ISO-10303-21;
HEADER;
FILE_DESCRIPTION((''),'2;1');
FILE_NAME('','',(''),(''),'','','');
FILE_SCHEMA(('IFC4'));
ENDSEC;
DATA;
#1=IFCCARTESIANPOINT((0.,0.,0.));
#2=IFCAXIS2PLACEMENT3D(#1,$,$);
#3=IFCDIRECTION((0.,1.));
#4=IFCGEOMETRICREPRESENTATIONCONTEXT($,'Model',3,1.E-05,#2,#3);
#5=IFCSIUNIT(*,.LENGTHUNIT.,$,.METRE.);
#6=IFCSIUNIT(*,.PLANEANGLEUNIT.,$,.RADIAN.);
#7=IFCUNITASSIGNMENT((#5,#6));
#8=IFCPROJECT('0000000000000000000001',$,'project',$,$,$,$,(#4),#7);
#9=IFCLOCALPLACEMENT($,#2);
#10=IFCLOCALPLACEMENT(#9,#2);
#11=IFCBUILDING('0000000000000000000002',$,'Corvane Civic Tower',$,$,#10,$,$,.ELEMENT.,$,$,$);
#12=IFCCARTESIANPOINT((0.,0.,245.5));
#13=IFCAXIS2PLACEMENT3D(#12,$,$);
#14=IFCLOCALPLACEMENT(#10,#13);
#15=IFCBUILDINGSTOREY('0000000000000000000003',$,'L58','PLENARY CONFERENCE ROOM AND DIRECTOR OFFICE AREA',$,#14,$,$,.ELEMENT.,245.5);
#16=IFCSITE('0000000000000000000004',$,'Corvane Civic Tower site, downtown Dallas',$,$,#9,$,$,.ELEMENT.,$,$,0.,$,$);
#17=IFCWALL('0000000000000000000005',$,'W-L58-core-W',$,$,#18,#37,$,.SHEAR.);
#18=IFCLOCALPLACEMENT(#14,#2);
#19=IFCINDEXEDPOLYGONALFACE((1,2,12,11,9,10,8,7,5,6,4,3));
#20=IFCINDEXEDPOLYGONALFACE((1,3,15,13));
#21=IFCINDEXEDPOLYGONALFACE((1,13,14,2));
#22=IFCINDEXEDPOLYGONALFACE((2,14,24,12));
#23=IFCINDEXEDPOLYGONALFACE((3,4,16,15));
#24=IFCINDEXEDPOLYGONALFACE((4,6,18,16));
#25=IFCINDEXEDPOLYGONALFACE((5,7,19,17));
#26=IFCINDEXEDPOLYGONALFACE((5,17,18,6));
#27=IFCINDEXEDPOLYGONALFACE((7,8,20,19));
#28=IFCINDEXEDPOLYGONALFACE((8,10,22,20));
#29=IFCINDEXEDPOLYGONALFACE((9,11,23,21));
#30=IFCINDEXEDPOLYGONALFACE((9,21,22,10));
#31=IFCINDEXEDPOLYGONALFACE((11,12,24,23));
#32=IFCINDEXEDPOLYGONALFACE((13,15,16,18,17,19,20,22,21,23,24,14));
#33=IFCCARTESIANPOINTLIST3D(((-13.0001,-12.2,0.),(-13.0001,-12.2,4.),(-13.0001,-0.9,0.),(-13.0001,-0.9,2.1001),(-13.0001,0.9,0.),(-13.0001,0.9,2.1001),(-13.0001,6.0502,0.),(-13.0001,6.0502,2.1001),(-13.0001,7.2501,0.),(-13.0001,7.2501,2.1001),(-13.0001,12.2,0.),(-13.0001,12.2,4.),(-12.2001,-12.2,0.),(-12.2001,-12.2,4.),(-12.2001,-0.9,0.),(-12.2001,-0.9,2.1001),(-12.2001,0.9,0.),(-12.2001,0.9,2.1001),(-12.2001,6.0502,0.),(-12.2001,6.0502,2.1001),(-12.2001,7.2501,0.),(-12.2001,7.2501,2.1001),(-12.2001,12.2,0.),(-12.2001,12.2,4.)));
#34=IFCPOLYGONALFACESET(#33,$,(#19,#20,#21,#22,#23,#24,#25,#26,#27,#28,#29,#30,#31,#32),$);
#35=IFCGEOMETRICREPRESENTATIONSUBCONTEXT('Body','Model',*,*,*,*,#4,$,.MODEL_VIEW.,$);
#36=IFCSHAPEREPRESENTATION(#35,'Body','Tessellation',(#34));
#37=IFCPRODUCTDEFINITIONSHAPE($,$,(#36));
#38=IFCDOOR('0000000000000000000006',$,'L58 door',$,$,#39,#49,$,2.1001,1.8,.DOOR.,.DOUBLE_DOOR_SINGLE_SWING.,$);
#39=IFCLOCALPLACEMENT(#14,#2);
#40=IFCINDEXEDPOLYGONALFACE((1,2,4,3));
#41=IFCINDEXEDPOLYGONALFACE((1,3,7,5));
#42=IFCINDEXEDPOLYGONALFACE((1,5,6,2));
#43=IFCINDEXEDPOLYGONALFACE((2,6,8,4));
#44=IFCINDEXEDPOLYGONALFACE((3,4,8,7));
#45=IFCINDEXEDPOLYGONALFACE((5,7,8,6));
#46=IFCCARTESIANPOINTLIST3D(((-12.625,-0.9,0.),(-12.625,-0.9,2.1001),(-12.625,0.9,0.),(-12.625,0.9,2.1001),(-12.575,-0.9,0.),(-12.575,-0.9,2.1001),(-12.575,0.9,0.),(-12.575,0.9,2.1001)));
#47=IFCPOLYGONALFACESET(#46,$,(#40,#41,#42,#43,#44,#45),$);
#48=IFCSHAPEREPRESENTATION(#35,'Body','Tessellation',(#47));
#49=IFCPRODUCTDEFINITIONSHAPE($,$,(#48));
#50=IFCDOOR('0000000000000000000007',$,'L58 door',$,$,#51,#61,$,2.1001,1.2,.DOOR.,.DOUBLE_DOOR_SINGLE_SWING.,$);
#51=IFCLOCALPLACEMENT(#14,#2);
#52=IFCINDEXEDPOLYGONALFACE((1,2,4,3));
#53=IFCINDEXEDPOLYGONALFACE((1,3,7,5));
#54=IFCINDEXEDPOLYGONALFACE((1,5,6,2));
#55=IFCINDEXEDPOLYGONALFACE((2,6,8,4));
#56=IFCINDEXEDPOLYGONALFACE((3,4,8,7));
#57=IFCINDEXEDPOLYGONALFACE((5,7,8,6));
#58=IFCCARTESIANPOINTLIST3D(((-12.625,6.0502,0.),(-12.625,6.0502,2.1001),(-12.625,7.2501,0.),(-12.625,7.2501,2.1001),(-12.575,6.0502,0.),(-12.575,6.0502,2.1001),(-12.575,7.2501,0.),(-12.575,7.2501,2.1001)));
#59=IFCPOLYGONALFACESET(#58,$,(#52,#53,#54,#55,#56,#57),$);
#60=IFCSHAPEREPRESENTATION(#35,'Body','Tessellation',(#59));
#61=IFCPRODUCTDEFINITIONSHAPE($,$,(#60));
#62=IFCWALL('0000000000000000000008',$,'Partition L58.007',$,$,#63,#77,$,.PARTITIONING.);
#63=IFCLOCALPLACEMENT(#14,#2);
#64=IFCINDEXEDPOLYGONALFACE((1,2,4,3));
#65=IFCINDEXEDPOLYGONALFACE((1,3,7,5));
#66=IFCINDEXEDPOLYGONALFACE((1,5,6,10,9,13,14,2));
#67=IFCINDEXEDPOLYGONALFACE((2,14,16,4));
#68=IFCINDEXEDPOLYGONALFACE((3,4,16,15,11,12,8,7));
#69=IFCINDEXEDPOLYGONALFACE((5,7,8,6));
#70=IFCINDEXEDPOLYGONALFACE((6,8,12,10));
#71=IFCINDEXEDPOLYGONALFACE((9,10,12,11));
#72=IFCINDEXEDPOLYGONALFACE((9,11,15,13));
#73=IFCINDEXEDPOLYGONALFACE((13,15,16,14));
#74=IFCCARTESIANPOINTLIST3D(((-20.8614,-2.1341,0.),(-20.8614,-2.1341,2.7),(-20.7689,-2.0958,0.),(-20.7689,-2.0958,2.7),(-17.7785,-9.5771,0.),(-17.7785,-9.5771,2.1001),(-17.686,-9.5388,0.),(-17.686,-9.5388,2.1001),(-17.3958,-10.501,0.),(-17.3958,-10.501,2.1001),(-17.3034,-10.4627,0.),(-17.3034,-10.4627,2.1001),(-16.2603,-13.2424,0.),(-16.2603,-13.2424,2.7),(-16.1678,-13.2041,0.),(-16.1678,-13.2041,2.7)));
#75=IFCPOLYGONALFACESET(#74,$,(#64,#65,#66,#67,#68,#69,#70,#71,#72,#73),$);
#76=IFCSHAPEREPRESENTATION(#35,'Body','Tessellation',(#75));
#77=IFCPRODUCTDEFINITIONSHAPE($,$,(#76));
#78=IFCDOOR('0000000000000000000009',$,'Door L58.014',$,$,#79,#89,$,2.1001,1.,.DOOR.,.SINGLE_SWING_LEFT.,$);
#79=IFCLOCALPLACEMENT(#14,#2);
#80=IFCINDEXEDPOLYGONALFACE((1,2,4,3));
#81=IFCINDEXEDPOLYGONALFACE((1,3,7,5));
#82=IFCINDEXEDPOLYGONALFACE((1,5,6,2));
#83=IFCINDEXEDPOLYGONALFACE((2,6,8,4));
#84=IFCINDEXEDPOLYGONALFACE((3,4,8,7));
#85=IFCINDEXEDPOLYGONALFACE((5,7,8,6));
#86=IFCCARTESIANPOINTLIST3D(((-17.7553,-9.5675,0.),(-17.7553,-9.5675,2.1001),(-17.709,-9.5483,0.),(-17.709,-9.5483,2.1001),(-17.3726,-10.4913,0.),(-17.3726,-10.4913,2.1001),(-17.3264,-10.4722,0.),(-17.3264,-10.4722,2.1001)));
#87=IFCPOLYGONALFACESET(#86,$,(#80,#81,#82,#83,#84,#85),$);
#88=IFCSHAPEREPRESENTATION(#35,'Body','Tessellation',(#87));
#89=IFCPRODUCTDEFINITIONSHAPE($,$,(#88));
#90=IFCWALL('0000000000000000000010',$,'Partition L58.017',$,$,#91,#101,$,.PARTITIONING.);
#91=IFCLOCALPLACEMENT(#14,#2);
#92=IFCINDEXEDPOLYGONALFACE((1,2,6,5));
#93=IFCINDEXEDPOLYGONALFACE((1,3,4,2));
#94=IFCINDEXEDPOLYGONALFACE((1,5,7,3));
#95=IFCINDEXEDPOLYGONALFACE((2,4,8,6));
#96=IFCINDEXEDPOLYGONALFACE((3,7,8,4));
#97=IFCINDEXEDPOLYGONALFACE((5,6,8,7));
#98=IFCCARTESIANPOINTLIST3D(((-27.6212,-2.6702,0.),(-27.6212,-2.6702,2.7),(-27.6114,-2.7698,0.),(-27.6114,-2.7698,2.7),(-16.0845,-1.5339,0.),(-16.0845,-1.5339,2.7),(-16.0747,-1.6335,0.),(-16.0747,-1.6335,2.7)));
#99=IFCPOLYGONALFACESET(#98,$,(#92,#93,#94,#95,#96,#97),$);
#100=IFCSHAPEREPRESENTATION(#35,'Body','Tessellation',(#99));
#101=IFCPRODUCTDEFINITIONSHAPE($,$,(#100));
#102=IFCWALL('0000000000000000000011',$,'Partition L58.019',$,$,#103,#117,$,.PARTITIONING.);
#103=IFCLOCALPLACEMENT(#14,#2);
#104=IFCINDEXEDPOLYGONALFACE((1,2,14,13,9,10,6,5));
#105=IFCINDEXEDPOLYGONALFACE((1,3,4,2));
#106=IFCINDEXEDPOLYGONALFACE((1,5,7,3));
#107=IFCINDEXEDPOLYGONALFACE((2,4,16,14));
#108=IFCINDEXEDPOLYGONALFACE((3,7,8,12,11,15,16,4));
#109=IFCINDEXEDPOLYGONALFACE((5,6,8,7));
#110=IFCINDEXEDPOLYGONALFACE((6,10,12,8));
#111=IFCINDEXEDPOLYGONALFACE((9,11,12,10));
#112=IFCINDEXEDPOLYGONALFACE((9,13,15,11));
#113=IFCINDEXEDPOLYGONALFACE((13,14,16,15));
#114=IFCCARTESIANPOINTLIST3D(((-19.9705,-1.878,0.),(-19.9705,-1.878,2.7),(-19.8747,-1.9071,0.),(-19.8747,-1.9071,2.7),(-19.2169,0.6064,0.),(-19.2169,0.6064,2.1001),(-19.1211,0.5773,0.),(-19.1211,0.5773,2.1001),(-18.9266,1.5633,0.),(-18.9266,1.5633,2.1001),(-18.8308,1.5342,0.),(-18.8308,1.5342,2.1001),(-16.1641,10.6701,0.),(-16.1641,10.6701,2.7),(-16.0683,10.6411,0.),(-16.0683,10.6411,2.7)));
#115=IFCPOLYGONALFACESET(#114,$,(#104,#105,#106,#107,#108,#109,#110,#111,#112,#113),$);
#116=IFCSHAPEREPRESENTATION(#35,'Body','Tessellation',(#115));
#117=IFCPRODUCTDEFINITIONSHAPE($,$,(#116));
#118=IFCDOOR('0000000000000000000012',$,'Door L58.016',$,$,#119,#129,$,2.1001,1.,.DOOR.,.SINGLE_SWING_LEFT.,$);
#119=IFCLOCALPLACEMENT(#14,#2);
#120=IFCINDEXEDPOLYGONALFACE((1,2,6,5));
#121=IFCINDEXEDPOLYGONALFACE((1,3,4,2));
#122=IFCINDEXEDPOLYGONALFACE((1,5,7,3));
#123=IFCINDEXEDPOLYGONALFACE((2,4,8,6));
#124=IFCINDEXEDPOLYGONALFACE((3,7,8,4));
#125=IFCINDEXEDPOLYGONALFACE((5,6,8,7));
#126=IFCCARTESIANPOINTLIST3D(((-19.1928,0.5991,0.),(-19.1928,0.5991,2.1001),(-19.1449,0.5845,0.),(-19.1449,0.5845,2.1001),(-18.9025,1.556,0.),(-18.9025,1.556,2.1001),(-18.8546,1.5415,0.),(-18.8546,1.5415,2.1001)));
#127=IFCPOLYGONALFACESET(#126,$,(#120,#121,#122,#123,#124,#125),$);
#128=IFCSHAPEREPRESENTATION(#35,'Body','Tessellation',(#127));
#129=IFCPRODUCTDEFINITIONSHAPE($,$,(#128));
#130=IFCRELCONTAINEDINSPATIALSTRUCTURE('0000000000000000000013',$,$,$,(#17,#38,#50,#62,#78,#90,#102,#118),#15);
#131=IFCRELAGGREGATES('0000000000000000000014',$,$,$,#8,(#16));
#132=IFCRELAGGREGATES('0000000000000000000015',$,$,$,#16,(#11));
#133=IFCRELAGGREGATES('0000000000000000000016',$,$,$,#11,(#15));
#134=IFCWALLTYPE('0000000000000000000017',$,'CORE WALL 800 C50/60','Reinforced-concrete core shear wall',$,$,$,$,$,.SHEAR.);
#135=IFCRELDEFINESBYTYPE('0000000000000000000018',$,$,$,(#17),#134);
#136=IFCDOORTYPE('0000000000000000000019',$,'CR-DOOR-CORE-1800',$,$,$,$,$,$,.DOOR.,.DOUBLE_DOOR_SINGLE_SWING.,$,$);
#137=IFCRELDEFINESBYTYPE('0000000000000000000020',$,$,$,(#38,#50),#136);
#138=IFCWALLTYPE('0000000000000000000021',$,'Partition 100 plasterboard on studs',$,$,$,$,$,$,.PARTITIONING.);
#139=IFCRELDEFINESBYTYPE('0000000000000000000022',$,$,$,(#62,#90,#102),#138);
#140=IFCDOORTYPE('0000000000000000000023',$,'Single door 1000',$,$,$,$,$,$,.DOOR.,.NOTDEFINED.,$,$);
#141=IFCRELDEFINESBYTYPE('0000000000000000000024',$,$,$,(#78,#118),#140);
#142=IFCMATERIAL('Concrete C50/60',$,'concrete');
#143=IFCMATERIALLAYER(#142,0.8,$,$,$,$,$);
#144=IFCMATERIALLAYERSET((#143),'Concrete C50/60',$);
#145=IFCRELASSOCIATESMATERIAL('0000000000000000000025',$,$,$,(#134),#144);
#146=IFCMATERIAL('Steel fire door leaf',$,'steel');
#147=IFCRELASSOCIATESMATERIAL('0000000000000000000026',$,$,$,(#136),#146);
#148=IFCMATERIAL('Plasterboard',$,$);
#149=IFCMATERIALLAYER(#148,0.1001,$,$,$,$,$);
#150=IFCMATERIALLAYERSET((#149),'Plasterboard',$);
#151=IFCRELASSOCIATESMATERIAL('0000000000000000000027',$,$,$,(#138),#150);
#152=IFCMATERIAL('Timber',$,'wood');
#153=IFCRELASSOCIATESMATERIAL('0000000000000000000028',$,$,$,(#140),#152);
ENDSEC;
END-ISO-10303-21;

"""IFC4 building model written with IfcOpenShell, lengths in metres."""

from ifc_helpers import new_model, si_unit, direction, frame, frame_2d, origin, place, context, subcontext, project, spatial, rectangle, extrude, material, layer, layer_set, type_object, element, fill, save


model = new_model("IFC4")

# Units and contexts
model_context = context("Model", 3, precision=1e-05, world=origin(), true_north=direction((0.0, 1.0)))
body_context = subcontext(model_context, "Body", "Model", "MODEL_VIEW")
ifc_project = project(units=[si_unit("LENGTHUNIT", "METRE"), si_unit("PLANEANGLEUNIT", "RADIAN")], contexts=[model_context])

# Site, building, storey
site_placement = place(None, origin())
site = spatial("IfcSite", under=ifc_project, at=site_placement, Name="Corvane Civic Tower site, downtown Dallas", CompositionType="ELEMENT", RefElevation=0.0)
building_placement = place(site_placement, origin())
building = spatial("IfcBuilding", under=site, at=building_placement, Name="Corvane Civic Tower", CompositionType="ELEMENT")
storey_placement = place(building_placement, frame((0.0, 0.0, 245.5)))
storey = spatial("IfcBuildingStorey", under=building, at=storey_placement, Name="L58", Description="PLENARY CONFERENCE ROOM AND DIRECTOR OFFICE AREA", CompositionType="ELEMENT", Elevation=245.5)

# Wall, openings, doors
ifc_material_1 = material(Name="Concrete C50/60", Category="concrete")
ifc_layer_1 = layer(ifc_material_1, 0.8)
ifc_layer_set_1 = layer_set([ifc_layer_1], Name="Concrete C50/60")
wall_type_1 = type_object("IfcWallType", Name="CORE WALL 800 C50/60", Description="Reinforced-concrete core shear wall", PredefinedType="SHEAR", material=ifc_layer_set_1)
wall_1_placement = place(storey_placement, frame((-12.6001, -12.2, 0.0), z_axis=(0.0, 0.0, 1.0), x_axis=(0.0, 1.0, 0.0)))
wall_1 = element("IfcWall", 1, at=wall_1_placement, inside=storey, type_object=wall_type_1, Name="W-L58-core-W", PredefinedType="SHEAR", context=body_context, shape_type="SweptSolid", body=[
    extrude(rectangle(XDim=24.3999, YDim=0.8, at=frame_2d((12.2, 0.0))), origin(), (0.0, 0.0, 1.0), 4.0),
])
opening_1_placement = place(wall_1_placement, frame((11.3, 0.0, 0.0)))
opening_1 = element("IfcOpeningElement", 2, at=opening_1_placement, cuts=wall_1, PredefinedType="OPENING", context=body_context, shape_type="SweptSolid", body=[
    extrude(rectangle(XDim=1.8, YDim=2.1001, at=frame_2d((0.8999, 1.05))), frame((0.0, 0.4099, 0.0), z_axis=(0.0, -1.0, 0.0), x_axis=(1.0, 0.0, 0.0)), (0.0, 0.0, 1.0), 0.8201),
])
opening_2_placement = place(wall_1_placement, frame((18.25, 0.0, 0.0)))
opening_2 = element("IfcOpeningElement", 3, at=opening_2_placement, cuts=wall_1, PredefinedType="OPENING", context=body_context, shape_type="SweptSolid", body=[
    extrude(rectangle(XDim=1.2, YDim=2.1001, at=frame_2d((0.6001, 1.05))), frame((0.0, 0.4099, 0.0), z_axis=(0.0, -1.0, 0.0), x_axis=(1.0, 0.0, 0.0)), (0.0, 0.0, 1.0), 0.8201),
])
ifc_material_2 = material(Name="Steel fire door leaf", Category="steel")
door_type_1 = type_object("IfcDoorType", Name="CR-DOOR-CORE-1800", OperationType="DOUBLE_DOOR_SINGLE_SWING", PredefinedType="DOOR", material=ifc_material_2)
door_1_placement = place(opening_1_placement, origin())
door_1 = element("IfcDoor", 4, at=door_1_placement, inside=storey, type_object=door_type_1, Name="L58 door", OperationType="DOUBLE_DOOR_SINGLE_SWING", OverallHeight=2.1001, OverallWidth=1.8, PredefinedType="DOOR", context=body_context, shape_type="SweptSolid", body=[
    extrude(rectangle(XDim=1.8, YDim=2.1001, at=frame_2d((0.8999, 1.05))), frame((0.0, 0.0249, 0.0), z_axis=(0.0, -1.0, 0.0), x_axis=(1.0, 0.0, 0.0)), (0.0, 0.0, 1.0), 0.05),
])
fill(opening_1, door_1)
door_2_placement = place(opening_2_placement, origin())
door_2 = element("IfcDoor", 5, at=door_2_placement, inside=storey, type_object=door_type_1, Name="L58 door", OperationType="DOUBLE_DOOR_SINGLE_SWING", OverallHeight=2.1001, OverallWidth=1.2, PredefinedType="DOOR", context=body_context, shape_type="SweptSolid", body=[
    extrude(rectangle(XDim=1.2, YDim=2.1001, at=frame_2d((0.6001, 1.05))), frame((0.0, 0.0249, 0.0), z_axis=(0.0, -1.0, 0.0), x_axis=(1.0, 0.0, 0.0)), (0.0, 0.0, 1.0), 0.05),
])
fill(opening_2, door_2)

# Wall, opening, door
ifc_material_3 = material(Name="Plasterboard")
ifc_layer_2 = layer(ifc_material_3, 0.1001)
ifc_layer_set_2 = layer_set([ifc_layer_2], Name="Plasterboard")
wall_type_2 = type_object("IfcWallType", Name="Partition 100 plasterboard on studs", PredefinedType="PARTITIONING", material=ifc_layer_set_2)
wall_2_placement = place(storey_placement, frame((-20.8152, -2.115, 0.0), z_axis=(0.0, 0.0, 1.0), x_axis=(0.382678, -0.923882, 0.0)))
wall_2 = element("IfcWall", 6, at=wall_2_placement, inside=storey, type_object=wall_type_2, Name="Partition L58.007", PredefinedType="PARTITIONING", context=body_context, shape_type="SweptSolid", body=[
    extrude(rectangle(XDim=12.0234, YDim=0.1001, at=frame_2d((6.0117, 0.0))), origin(), (0.0, 0.0, 1.0), 2.7),
])
opening_3_placement = place(wall_2_placement, frame((8.0562, 0.0, 0.0)))
opening_3 = element("IfcOpeningElement", 7, at=opening_3_placement, cuts=wall_2, PredefinedType="OPENING", context=body_context, shape_type="SweptSolid", body=[
    extrude(rectangle(XDim=1.0, YDim=2.1001, at=frame_2d((0.5, 1.05))), frame((0.0, 0.0601, 0.0), z_axis=(0.0, -1.0, 0.0), x_axis=(1.0, 0.0, 0.0)), (0.0, 0.0, 1.0), 0.1201),
])
ifc_material_4 = material(Name="Timber", Category="wood")
door_type_2 = type_object("IfcDoorType", Name="Single door 1000", OperationType="NOTDEFINED", PredefinedType="DOOR", material=ifc_material_4)
door_3_placement = place(opening_3_placement, frame((1.0, 0.0, 0.0), z_axis=(0.0, 0.0, 1.0), x_axis=(-1.0, 0.0, 0.0)))
door_3 = element("IfcDoor", 8, at=door_3_placement, inside=storey, type_object=door_type_2, Name="Door L58.014", OperationType="SINGLE_SWING_LEFT", OverallHeight=2.1001, OverallWidth=1.0, PredefinedType="DOOR", context=body_context, shape_type="SweptSolid", body=[
    extrude(rectangle(XDim=1.0, YDim=2.1001, at=frame_2d((0.5, 1.05))), frame((0.0, 0.0249, 0.0), z_axis=(0.0, -1.0, 0.0), x_axis=(1.0, 0.0, 0.0)), (0.0, 0.0, 1.0), 0.05),
])
fill(opening_3, door_3)

# Wall
wall_3_placement = place(storey_placement, frame((-27.6165, -2.72, 0.0), z_axis=(0.0, 0.0, 1.0), x_axis=(0.995185, 0.098015, 0.0)))
element("IfcWall", 9, at=wall_3_placement, inside=storey, type_object=wall_type_2, Name="Partition L58.017", PredefinedType="PARTITIONING", context=body_context, shape_type="SweptSolid", body=[
    extrude(rectangle(XDim=11.5925, YDim=0.1001, at=frame_2d((5.7964, 0.0))), origin(), (0.0, 0.0, 1.0), 2.7),
])

# Wall, opening, door
wall_4_placement = place(storey_placement, frame((-19.9226, -1.8926, 0.0), z_axis=(0.0, 0.0, 1.0), x_axis=(0.290283, 0.956941, 0.0)))
wall_4 = element("IfcWall", 10, at=wall_4_placement, inside=storey, type_object=wall_type_2, Name="Partition L58.019", PredefinedType="PARTITIONING", context=body_context, shape_type="SweptSolid", body=[
    extrude(rectangle(XDim=13.1128, YDim=0.1001, at=frame_2d((6.5564, 0.0))), origin(), (0.0, 0.0, 1.0), 2.7),
])
opening_4_placement = place(wall_4_placement, frame((2.5962, 0.0, 0.0)))
opening_4 = element("IfcOpeningElement", 11, at=opening_4_placement, cuts=wall_4, PredefinedType="OPENING", context=body_context, shape_type="SweptSolid", body=[
    extrude(rectangle(XDim=1.0, YDim=2.1001, at=frame_2d((0.5, 1.05))), frame((0.0, 0.0601, 0.0), z_axis=(0.0, -1.0, 0.0), x_axis=(1.0, 0.0, 0.0)), (0.0, 0.0, 1.0), 0.1201),
])
door_4_placement = place(opening_4_placement, origin())
door_4 = element("IfcDoor", 12, at=door_4_placement, inside=storey, type_object=door_type_2, Name="Door L58.016", OperationType="SINGLE_SWING_LEFT", OverallHeight=2.1001, OverallWidth=1.0, PredefinedType="DOOR", context=body_context, shape_type="SweptSolid", body=[
    extrude(rectangle(XDim=1.0, YDim=2.1001, at=frame_2d((0.5, 1.05))), frame((0.0, 0.0249, 0.0), z_axis=(0.0, -1.0, 0.0), x_axis=(1.0, 0.0, 0.0)), (0.0, 0.0, 1.0), 0.05),
])
fill(opening_4, door_4)

save(model, "model.ifc")
